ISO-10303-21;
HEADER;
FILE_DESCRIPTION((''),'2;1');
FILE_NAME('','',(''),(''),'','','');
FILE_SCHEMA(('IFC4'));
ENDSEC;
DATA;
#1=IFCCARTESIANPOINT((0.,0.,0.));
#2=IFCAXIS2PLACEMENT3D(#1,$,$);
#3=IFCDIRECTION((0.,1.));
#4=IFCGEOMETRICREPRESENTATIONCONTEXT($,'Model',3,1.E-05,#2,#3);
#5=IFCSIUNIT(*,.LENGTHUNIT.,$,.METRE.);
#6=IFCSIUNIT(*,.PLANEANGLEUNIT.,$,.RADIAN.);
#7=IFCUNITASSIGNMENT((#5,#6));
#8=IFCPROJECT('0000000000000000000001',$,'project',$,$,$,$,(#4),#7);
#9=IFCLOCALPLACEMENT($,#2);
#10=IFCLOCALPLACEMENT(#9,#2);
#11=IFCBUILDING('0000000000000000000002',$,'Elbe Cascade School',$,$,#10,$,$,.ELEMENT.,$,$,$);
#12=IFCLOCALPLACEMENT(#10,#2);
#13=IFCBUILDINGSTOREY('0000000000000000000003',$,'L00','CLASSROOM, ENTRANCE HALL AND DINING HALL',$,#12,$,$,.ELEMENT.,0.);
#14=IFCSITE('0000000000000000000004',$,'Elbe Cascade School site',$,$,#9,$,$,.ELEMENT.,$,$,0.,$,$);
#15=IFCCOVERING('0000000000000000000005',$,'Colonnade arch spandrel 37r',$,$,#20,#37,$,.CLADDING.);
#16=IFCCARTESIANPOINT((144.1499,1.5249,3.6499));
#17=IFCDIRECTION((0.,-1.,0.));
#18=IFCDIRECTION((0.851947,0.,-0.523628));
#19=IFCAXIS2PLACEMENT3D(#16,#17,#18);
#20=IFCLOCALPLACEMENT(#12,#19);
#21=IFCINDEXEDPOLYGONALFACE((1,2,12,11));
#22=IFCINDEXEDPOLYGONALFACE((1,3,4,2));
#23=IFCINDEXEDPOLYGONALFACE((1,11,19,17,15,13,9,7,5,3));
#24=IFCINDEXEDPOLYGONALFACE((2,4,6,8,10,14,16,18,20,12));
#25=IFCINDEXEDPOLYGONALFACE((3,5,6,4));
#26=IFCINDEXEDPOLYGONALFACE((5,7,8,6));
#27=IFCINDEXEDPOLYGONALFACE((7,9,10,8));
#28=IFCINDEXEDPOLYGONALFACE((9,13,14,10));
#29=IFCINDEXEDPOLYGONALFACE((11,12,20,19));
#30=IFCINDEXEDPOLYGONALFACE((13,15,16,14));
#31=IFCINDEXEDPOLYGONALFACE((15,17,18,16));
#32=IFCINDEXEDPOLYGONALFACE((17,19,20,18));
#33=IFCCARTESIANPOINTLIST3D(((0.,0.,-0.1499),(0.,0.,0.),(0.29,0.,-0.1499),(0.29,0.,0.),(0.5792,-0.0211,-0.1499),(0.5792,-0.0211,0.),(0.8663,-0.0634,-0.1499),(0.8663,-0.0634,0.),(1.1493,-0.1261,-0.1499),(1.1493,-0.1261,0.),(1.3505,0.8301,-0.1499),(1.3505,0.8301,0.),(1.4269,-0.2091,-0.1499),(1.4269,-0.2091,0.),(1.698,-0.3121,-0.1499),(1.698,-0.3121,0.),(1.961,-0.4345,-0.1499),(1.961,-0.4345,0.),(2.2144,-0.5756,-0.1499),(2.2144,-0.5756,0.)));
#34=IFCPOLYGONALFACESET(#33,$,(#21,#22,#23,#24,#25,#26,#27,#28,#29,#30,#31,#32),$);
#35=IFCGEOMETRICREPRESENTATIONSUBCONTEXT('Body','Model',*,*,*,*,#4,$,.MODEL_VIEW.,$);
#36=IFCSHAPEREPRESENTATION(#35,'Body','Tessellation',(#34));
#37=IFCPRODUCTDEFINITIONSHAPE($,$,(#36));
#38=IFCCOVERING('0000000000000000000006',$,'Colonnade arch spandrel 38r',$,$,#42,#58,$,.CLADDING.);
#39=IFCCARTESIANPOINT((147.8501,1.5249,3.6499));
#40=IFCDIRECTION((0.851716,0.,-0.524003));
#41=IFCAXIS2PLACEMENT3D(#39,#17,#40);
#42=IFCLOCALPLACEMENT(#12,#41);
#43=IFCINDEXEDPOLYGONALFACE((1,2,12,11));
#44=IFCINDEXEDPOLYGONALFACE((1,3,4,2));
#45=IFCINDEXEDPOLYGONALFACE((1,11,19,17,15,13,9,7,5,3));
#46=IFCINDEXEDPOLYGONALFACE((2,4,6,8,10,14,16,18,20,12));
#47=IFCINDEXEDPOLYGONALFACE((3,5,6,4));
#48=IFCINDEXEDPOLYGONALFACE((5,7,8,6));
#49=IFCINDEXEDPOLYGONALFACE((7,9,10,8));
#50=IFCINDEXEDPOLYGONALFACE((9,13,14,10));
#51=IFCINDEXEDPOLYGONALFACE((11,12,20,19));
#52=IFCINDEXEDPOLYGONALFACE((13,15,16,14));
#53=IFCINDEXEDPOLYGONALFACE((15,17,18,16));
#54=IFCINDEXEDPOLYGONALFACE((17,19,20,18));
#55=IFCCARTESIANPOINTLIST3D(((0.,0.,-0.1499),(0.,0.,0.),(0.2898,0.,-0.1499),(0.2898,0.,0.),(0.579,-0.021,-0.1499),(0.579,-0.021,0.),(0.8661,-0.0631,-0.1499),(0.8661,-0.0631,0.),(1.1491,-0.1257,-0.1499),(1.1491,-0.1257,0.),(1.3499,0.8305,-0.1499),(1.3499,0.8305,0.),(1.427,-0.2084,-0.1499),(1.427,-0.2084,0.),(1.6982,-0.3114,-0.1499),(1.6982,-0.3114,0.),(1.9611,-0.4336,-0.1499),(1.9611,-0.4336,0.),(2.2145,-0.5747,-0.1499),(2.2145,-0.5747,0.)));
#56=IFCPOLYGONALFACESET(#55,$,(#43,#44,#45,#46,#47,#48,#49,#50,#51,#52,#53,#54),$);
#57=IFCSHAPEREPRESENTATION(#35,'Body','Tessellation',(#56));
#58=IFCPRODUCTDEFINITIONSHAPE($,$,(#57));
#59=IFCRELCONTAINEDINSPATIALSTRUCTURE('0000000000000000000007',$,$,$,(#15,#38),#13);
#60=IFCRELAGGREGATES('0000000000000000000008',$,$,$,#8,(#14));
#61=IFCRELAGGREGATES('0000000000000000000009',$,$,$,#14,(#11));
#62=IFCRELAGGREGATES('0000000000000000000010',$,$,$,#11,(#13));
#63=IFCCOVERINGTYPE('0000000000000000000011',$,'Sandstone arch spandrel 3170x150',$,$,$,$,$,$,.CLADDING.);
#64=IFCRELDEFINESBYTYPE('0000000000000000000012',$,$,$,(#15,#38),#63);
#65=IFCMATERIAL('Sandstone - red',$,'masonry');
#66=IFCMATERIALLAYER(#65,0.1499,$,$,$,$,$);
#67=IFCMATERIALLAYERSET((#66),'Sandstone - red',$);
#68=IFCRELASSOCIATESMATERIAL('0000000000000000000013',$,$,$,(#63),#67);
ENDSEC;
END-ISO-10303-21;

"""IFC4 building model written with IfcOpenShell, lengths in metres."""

from ifc_helpers import new_model, si_unit, direction, frame, origin, place, context, subcontext, project, spatial, polyline, outline, extrude, material, layer, layer_set, type_object, element, save


model = new_model("IFC4")

# Units and contexts
model_context = context("Model", 3, precision=1e-05, world=origin(), true_north=direction((0.0, 1.0)))
body_context = subcontext(model_context, "Body", "Model", "MODEL_VIEW")
ifc_project = project(units=[si_unit("LENGTHUNIT", "METRE"), si_unit("PLANEANGLEUNIT", "RADIAN")], contexts=[model_context])

# Site, building, storey
site_placement = place(None, origin())
site = spatial("IfcSite", under=ifc_project, at=site_placement, Name="Elbe Cascade School site", CompositionType="ELEMENT", RefElevation=0.0)
building_placement = place(site_placement, origin())
building = spatial("IfcBuilding", under=site, at=building_placement, Name="Elbe Cascade School", CompositionType="ELEMENT")
storey_placement = place(building_placement, origin())
storey = spatial("IfcBuildingStorey", under=building, at=storey_placement, Name="L00", Description="CLASSROOM, ENTRANCE HALL AND DINING HALL", CompositionType="ELEMENT", Elevation=0.0)

# Coverings
ifc_material_1 = material(Name="Sandstone - red", Category="masonry")
ifc_layer = layer(ifc_material_1, 0.1499)
ifc_layer_set = layer_set([ifc_layer], Name="Sandstone - red")
covering_type = type_object("IfcCoveringType", Name="Sandstone arch spandrel 3170x150", PredefinedType="CLADDING", material=ifc_layer_set)
covering_1_placement = place(storey_placement, frame((144.1499, 1.5249, 3.6499), z_axis=(0.0, -1.0, 0.0), x_axis=(0.851947, 0.0, -0.523628)))
element("IfcCovering", 1, at=covering_1_placement, inside=storey, type_object=covering_type, Name="Colonnade arch spandrel 37r", PredefinedType="CLADDING", context=body_context, shape_type="SweptSolid", body=[
    extrude(outline(polyline([(0.0, 0.0), (0.29, 0.0), (0.5792, -0.0211), (0.8663, -0.0634), (1.1493, -0.1261), (1.4269, -0.2091), (1.698, -0.3121), (1.961, -0.4345), (2.2144, -0.5756), (1.3505, 0.8301), (0.0, 0.0)])), origin(), (0.0, 0.0, -1.0), 0.1499),
])
covering_2_placement = place(storey_placement, frame((147.8501, 1.5249, 3.6499), z_axis=(0.0, -1.0, 0.0), x_axis=(0.851716, 0.0, -0.524003)))
element("IfcCovering", 2, at=covering_2_placement, inside=storey, type_object=covering_type, Name="Colonnade arch spandrel 38r", PredefinedType="CLADDING", context=body_context, shape_type="SweptSolid", body=[
    extrude(outline(polyline([(0.0, 0.0), (0.2898, 0.0), (0.579, -0.021), (0.8661, -0.0631), (1.1491, -0.1257), (1.427, -0.2084), (1.6982, -0.3114), (1.9611, -0.4336), (2.2145, -0.5747), (1.3499, 0.8305), (0.0, 0.0)])), origin(), (0.0, 0.0, -1.0), 0.1499),
])

save(model, "model.ifc")
